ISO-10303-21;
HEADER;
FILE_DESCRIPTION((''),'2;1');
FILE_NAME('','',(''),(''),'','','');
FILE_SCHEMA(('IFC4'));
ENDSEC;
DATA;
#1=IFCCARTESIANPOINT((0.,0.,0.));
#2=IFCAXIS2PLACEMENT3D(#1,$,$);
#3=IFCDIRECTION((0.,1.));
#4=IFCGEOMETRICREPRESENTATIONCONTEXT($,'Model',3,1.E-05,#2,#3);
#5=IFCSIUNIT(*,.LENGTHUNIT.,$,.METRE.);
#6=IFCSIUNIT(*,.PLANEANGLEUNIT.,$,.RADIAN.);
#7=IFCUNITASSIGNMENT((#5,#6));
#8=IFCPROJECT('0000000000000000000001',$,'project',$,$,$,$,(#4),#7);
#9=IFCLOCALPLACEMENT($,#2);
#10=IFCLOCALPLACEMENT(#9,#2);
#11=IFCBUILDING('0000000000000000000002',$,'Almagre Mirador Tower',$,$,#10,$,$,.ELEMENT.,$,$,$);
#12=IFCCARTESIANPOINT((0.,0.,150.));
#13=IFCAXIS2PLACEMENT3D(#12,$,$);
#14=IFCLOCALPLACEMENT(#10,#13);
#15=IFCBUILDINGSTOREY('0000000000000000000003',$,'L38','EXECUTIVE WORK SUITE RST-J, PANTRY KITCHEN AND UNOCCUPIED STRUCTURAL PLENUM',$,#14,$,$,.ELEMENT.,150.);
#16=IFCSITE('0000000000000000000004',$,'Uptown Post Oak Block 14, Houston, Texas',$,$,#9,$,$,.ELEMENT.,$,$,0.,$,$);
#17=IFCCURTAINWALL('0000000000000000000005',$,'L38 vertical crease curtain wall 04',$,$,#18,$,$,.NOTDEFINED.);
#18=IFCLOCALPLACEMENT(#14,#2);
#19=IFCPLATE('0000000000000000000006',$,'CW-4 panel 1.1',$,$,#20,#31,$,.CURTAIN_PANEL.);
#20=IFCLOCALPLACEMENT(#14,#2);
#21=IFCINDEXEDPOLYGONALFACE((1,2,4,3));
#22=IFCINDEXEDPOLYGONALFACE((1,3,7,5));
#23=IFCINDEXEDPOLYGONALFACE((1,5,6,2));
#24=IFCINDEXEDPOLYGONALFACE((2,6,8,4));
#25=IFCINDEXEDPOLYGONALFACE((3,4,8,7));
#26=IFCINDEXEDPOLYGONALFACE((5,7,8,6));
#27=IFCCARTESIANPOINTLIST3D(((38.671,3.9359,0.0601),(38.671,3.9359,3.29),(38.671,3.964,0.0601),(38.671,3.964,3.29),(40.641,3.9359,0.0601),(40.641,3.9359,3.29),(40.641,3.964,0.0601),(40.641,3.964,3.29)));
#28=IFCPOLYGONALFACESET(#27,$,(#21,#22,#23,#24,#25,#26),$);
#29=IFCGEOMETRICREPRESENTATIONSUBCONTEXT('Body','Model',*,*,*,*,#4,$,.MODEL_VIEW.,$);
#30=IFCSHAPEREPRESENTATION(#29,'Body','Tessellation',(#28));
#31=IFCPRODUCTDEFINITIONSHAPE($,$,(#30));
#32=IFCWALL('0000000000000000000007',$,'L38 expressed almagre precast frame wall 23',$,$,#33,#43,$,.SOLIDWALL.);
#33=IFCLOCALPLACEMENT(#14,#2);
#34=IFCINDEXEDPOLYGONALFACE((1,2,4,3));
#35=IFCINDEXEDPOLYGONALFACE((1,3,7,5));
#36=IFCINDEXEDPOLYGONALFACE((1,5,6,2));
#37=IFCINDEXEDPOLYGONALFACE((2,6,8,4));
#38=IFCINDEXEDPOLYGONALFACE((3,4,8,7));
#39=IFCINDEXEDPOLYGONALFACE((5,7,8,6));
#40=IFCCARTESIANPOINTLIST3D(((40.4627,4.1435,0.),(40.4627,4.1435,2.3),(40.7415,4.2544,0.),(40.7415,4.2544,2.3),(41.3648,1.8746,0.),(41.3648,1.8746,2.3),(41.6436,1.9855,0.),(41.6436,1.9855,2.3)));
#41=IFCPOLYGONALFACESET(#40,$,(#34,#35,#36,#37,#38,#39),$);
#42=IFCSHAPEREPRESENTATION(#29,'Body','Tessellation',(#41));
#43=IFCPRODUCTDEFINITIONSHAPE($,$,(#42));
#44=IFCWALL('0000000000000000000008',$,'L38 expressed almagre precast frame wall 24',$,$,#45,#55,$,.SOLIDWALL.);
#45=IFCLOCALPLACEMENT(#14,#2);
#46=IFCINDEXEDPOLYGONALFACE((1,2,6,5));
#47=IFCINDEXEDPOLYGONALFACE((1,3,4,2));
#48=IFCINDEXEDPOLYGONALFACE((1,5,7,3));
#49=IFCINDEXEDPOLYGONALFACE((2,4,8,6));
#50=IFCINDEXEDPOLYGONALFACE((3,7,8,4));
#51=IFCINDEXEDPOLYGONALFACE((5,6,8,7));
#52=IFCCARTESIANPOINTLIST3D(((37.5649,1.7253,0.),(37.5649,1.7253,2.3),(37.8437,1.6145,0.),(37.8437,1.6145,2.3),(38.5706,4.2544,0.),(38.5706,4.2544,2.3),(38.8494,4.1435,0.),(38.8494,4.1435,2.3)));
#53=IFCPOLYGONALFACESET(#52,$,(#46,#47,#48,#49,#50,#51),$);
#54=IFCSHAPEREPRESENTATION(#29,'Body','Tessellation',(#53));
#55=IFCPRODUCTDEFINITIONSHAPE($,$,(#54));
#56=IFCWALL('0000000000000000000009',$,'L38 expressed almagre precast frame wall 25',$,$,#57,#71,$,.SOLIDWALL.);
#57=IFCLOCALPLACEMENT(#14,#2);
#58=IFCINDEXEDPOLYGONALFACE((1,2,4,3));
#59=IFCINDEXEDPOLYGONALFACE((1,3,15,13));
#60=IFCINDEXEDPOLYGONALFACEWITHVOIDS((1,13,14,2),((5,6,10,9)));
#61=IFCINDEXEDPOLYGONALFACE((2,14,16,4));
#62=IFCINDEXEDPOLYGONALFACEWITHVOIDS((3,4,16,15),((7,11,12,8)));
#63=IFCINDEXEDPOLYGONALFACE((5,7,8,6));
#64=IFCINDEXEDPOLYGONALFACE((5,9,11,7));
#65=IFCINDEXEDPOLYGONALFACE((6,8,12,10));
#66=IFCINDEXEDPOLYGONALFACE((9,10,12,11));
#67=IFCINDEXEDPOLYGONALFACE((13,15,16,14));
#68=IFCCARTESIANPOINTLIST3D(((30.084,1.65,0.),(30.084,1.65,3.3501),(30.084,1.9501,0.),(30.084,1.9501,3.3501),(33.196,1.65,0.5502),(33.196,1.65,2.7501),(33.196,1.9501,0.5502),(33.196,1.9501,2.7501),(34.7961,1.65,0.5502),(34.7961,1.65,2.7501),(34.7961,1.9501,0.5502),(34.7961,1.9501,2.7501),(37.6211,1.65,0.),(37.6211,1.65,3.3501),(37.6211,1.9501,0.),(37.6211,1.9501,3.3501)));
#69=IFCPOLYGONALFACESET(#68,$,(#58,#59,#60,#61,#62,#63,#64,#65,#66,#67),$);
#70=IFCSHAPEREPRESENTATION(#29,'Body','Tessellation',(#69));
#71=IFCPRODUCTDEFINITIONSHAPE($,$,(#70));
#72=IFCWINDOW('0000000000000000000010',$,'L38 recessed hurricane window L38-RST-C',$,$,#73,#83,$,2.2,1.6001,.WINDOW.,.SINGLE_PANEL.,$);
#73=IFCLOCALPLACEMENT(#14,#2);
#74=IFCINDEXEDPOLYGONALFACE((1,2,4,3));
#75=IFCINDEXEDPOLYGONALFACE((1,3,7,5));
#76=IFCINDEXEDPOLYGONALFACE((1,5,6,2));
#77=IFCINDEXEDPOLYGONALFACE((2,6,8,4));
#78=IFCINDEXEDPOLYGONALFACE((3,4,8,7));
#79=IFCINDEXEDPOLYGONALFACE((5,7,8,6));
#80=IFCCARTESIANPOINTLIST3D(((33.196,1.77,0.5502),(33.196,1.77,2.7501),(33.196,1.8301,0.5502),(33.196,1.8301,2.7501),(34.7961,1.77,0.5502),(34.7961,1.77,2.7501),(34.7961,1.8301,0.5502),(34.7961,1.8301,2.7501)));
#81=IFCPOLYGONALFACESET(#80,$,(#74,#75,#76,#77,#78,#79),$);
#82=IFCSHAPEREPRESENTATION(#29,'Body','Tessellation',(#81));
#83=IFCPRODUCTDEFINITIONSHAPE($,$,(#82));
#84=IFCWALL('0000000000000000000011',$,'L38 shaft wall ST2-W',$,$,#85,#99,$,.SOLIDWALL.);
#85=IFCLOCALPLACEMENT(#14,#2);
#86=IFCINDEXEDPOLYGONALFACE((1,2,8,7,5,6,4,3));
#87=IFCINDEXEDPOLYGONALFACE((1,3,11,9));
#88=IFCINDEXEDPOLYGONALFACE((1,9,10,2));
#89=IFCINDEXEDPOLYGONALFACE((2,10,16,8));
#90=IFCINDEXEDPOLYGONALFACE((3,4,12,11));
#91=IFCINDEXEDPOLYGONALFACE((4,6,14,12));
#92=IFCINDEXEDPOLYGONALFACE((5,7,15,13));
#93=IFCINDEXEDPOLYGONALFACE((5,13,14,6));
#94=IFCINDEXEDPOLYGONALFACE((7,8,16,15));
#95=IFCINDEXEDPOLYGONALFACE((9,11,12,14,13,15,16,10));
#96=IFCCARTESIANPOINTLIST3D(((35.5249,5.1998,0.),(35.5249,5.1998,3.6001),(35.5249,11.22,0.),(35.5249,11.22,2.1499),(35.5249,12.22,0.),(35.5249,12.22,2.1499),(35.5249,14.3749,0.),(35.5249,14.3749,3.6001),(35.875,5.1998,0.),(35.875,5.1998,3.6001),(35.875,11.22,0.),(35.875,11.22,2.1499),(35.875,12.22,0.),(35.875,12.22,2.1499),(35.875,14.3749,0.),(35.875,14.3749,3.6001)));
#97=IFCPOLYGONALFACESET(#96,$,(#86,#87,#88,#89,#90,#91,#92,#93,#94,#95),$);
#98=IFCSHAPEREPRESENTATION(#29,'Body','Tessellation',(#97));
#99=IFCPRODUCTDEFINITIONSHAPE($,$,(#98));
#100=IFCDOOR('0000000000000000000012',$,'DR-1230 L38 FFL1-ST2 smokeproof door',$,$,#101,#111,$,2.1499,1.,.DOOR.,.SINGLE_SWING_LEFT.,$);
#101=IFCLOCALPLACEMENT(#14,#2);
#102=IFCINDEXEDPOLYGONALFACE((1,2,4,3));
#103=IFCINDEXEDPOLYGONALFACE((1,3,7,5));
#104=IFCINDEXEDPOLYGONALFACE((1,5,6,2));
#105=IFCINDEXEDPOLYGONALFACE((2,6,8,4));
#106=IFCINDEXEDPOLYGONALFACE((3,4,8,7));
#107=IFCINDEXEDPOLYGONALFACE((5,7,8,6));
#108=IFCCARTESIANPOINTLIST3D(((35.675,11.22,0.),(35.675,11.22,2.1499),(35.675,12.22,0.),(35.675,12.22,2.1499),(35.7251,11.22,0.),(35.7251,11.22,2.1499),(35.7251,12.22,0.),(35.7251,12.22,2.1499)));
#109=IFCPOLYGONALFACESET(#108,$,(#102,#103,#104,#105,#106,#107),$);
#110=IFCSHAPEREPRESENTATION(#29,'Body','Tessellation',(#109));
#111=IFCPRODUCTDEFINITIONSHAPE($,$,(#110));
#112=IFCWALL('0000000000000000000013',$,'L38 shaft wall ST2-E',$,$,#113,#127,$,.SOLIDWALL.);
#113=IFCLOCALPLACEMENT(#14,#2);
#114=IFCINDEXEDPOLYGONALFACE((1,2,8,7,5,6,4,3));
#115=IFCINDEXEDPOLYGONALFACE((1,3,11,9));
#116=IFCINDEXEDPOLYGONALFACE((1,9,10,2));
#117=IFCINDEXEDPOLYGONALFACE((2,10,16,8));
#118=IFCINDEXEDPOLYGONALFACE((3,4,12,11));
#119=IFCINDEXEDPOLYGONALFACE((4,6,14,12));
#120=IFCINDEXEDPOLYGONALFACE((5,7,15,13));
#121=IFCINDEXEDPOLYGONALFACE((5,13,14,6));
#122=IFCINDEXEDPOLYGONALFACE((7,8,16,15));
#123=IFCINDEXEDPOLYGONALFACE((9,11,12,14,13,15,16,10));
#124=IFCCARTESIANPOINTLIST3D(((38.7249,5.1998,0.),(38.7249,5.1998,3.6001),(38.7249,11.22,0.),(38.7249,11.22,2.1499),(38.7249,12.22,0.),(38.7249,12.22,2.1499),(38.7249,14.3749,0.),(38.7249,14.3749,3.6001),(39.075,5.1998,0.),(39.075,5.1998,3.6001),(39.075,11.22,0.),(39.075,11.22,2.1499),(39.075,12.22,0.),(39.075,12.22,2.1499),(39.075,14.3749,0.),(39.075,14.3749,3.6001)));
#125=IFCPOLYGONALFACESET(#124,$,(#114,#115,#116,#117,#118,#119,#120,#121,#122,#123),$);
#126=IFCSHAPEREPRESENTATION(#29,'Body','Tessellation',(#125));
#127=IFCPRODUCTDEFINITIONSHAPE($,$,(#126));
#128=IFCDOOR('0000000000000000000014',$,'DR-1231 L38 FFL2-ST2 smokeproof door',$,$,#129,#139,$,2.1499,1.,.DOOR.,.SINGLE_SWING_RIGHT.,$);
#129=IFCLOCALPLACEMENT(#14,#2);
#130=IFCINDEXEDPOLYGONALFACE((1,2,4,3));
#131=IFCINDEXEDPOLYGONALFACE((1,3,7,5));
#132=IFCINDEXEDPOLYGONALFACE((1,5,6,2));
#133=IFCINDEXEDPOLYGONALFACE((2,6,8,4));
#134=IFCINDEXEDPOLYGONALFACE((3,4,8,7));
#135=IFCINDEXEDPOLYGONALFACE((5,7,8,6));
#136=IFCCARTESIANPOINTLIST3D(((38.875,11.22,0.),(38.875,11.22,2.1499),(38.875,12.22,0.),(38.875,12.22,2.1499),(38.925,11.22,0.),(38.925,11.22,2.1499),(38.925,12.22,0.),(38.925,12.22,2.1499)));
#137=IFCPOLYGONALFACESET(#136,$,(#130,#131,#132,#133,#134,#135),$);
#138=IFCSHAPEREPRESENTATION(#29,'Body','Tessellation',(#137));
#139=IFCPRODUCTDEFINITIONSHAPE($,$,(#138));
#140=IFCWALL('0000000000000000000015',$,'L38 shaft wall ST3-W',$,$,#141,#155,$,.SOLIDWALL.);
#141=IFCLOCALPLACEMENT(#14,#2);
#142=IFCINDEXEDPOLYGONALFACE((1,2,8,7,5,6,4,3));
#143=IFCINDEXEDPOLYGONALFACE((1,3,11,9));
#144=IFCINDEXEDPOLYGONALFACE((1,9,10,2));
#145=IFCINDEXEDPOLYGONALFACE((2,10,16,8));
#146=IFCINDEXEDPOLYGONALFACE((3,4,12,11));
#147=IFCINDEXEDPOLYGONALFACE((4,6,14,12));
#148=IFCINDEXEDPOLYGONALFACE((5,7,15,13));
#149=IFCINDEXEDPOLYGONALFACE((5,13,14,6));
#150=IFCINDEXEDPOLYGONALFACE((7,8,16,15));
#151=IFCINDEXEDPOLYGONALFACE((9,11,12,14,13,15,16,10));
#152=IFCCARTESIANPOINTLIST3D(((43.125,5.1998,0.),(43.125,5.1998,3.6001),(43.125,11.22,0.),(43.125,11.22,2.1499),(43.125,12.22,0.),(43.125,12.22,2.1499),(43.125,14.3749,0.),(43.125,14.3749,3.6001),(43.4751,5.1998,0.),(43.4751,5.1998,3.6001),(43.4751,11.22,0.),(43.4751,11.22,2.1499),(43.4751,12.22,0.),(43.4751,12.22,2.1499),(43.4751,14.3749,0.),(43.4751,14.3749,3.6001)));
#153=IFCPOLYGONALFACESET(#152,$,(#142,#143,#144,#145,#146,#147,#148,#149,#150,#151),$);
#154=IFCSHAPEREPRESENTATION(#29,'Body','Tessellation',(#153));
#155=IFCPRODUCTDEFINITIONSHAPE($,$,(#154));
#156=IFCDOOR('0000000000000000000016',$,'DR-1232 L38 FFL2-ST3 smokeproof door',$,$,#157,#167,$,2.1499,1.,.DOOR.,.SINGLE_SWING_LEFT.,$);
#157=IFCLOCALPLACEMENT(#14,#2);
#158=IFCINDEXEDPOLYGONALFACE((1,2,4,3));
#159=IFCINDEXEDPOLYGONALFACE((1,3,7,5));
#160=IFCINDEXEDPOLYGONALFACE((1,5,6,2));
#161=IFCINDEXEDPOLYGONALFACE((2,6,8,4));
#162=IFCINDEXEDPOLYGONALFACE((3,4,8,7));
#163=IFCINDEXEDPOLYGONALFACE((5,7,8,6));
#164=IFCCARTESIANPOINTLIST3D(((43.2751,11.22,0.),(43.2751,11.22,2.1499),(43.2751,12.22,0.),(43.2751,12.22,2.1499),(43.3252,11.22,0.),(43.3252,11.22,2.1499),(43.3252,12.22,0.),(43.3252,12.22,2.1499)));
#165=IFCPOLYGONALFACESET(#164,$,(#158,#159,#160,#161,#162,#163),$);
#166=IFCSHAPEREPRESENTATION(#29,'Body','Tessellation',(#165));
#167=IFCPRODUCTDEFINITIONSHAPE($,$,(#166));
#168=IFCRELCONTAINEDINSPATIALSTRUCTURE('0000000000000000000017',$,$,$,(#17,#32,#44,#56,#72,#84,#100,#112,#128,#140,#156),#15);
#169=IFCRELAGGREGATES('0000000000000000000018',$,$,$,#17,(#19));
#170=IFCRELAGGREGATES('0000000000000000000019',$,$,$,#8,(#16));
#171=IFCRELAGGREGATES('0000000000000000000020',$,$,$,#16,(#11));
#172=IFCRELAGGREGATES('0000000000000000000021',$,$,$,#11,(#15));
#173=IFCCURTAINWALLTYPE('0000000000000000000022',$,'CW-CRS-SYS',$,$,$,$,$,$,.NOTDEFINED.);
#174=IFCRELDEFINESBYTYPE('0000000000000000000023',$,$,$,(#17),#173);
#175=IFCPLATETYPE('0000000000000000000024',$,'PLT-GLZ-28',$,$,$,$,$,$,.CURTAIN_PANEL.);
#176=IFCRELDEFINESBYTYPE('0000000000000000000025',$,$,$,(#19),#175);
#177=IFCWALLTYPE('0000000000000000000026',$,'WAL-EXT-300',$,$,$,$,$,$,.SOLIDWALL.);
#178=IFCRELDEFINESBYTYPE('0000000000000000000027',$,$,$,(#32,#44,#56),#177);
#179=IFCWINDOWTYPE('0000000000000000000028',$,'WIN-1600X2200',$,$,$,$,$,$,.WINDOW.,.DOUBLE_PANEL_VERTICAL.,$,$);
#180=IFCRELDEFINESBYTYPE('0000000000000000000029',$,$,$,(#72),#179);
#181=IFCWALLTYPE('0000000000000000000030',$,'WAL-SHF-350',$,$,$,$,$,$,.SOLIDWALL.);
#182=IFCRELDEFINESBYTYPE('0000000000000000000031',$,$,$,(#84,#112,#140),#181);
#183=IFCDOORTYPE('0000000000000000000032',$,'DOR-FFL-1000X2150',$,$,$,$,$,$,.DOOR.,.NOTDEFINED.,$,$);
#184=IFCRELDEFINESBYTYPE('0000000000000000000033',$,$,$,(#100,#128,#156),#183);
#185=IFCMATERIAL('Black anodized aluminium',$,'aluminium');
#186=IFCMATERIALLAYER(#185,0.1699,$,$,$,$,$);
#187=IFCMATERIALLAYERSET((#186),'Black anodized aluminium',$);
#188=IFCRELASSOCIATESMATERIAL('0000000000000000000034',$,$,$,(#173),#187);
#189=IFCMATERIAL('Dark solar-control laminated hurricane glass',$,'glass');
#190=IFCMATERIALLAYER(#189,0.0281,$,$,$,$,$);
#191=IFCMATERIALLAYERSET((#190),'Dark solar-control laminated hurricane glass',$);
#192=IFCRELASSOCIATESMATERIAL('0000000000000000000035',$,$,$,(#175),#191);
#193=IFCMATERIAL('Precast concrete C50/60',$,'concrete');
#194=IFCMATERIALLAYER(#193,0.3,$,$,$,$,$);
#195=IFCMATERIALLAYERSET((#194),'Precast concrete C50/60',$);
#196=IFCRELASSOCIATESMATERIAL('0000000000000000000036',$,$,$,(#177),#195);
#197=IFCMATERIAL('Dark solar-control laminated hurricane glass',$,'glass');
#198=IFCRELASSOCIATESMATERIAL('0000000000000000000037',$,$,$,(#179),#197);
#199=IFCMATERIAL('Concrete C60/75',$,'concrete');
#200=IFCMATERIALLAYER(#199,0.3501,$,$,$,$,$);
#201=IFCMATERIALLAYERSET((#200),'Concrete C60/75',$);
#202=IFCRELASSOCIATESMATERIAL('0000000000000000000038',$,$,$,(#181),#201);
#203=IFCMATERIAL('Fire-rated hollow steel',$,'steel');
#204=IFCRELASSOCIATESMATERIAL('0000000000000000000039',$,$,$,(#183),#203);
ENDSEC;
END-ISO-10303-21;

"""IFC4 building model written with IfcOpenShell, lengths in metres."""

from ifc_helpers import new_model, si_unit, direction, frame, frame_2d, origin, origin_2d, place, context, subcontext, project, spatial, rectangle, extrude, material, layer, layer_set, type_object, element, fill, aggregate, save


model = new_model("IFC4")

# Units and contexts
model_context = context("Model", 3, precision=1e-05, world=origin(), true_north=direction((0.0, 1.0)))
body_context = subcontext(model_context, "Body", "Model", "MODEL_VIEW")
ifc_project = project(units=[si_unit("LENGTHUNIT", "METRE"), si_unit("PLANEANGLEUNIT", "RADIAN")], contexts=[model_context])

# Site, building, storey
site_placement = place(None, origin())
site = spatial("IfcSite", under=ifc_project, at=site_placement, Name="Uptown Post Oak Block 14, Houston, Texas", CompositionType="ELEMENT", RefElevation=0.0)
building_placement = place(site_placement, origin())
building = spatial("IfcBuilding", under=site, at=building_placement, Name="Almagre Mirador Tower", CompositionType="ELEMENT")
storey_placement = place(building_placement, frame((0.0, 0.0, 150.0)))
storey = spatial("IfcBuildingStorey", under=building, at=storey_placement, Name="L38", Description="EXECUTIVE WORK SUITE RST-J, PANTRY KITCHEN AND UNOCCUPIED STRUCTURAL PLENUM", CompositionType="ELEMENT", Elevation=150.0)

# Curtain wall, plate
ifc_material_1 = material(Name="Black anodized aluminium", Category="aluminium")
ifc_layer_1 = layer(ifc_material_1, 0.1699)
ifc_layer_set_1 = layer_set([ifc_layer_1], Name="Black anodized aluminium")
curtain_wall_type = type_object("IfcCurtainWallType", Name="CW-CRS-SYS", PredefinedType="NOTDEFINED", material=ifc_layer_set_1)
curtain_wall_placement = place(storey_placement, origin())
curtain_wall = element("IfcCurtainWall", 1, at=curtain_wall_placement, inside=storey, type_object=curtain_wall_type, Name="L38 vertical crease curtain wall 04", PredefinedType="NOTDEFINED")
ifc_material_2 = material(Name="Dark solar-control laminated hurricane glass", Category="glass")
ifc_layer_2 = layer(ifc_material_2, 0.0281)
ifc_layer_set_2 = layer_set([ifc_layer_2], Name="Dark solar-control laminated hurricane glass")
plate_type = type_object("IfcPlateType", Name="PLT-GLZ-28", PredefinedType="CURTAIN_PANEL", material=ifc_layer_set_2)
plate_placement = place(storey_placement, frame((39.656, 3.95, 0.0601), z_axis=(0.0, 0.0, 1.0), x_axis=(-1.0, 0.0, 0.0)))
plate = element("IfcPlate", 2, at=plate_placement, type_object=plate_type, Name="CW-4 panel 1.1", PredefinedType="CURTAIN_PANEL", context=body_context, shape_type="SweptSolid", body=[
    extrude(rectangle(XDim=1.97, YDim=0.0281, at=origin_2d()), origin(), (0.0, 0.0, 1.0), 3.23),
])
aggregate(curtain_wall, [plate])

# Walls
ifc_material_3 = material(Name="Precast concrete C50/60", Category="concrete")
ifc_layer_3 = layer(ifc_material_3, 0.3)
ifc_layer_set_3 = layer_set([ifc_layer_3], Name="Precast concrete C50/60")
wall_type_1 = type_object("IfcWallType", Name="WAL-EXT-300", PredefinedType="SOLIDWALL", material=ifc_layer_set_3)
wall_1_placement = place(storey_placement, frame((41.5042, 1.9302, 0.0), z_axis=(0.0, 0.0, 1.0), x_axis=(-0.369476, 0.92924, 0.0)))
element("IfcWall", 3, at=wall_1_placement, inside=storey, type_object=wall_type_1, Name="L38 expressed almagre precast frame wall 23", PredefinedType="SOLIDWALL", context=body_context, shape_type="SweptSolid", body=[
    extrude(rectangle(XDim=2.4417, YDim=0.3, at=frame_2d((1.2207, 0.0))), origin(), (0.0, 0.0, 1.0), 2.3),
])
wall_2_placement = place(storey_placement, frame((38.71, 4.199, 0.0), z_axis=(0.0, 0.0, 1.0), x_axis=(-0.369488, -0.929236, 0.0)))
element("IfcWall", 4, at=wall_2_placement, inside=storey, type_object=wall_type_1, Name="L38 expressed almagre precast frame wall 24", PredefinedType="SOLIDWALL", context=body_context, shape_type="SweptSolid", body=[
    extrude(rectangle(XDim=2.7217, YDim=0.3, at=frame_2d((1.3608, 0.0))), origin(), (0.0, 0.0, 1.0), 2.3),
])

# Wall, opening, window
wall_3_placement = place(storey_placement, frame((37.6211, 1.8, 0.0), z_axis=(0.0, 0.0, 1.0), x_axis=(-1.0, 0.0, 0.0)))
wall_3 = element("IfcWall", 5, at=wall_3_placement, inside=storey, type_object=wall_type_1, Name="L38 expressed almagre precast frame wall 25", PredefinedType="SOLIDWALL", context=body_context, shape_type="SweptSolid", body=[
    extrude(rectangle(XDim=7.5371, YDim=0.3, at=frame_2d((3.7686, 0.0))), origin(), (0.0, 0.0, 1.0), 3.3501),
])
opening_1_placement = place(wall_3_placement, frame((2.825, 0.0, 0.55)))
opening_1 = element("IfcOpeningElement", 6, at=opening_1_placement, cuts=wall_3, PredefinedType="OPENING", context=body_context, shape_type="SweptSolid", body=[
    extrude(rectangle(XDim=1.6001, YDim=2.2, at=frame_2d((0.8, 1.1001))), frame((0.0, 0.1599, 0.0), z_axis=(0.0, -1.0, 0.0), x_axis=(1.0, 0.0, 0.0)), (0.0, 0.0, 1.0), 0.32),
])
ifc_material_4 = material(Name="Dark solar-control laminated hurricane glass", Category="glass")
window_type = type_object("IfcWindowType", Name="WIN-1600X2200", PartitioningType="DOUBLE_PANEL_VERTICAL", PredefinedType="WINDOW", material=ifc_material_4)
window_placement = place(opening_1_placement, origin())
window = element("IfcWindow", 7, at=window_placement, inside=storey, type_object=window_type, Name="L38 recessed hurricane window L38-RST-C", OverallHeight=2.2, OverallWidth=1.6001, PartitioningType="SINGLE_PANEL", PredefinedType="WINDOW", context=body_context, shape_type="SweptSolid", body=[
    extrude(rectangle(XDim=1.6001, YDim=2.2, at=frame_2d((0.8, 1.1001))), frame((0.0, 0.03, 0.0), z_axis=(0.0, -1.0, 0.0), x_axis=(1.0, 0.0, 0.0)), (0.0, 0.0, 1.0), 0.0601),
])
fill(opening_1, window)

# Walls, openings, doors
ifc_material_5 = material(Name="Concrete C60/75", Category="concrete")
ifc_layer_4 = layer(ifc_material_5, 0.3501)
ifc_layer_set_4 = layer_set([ifc_layer_4], Name="Concrete C60/75")
wall_type_2 = type_object("IfcWallType", Name="WAL-SHF-350", PredefinedType="SOLIDWALL", material=ifc_layer_set_4)
wall_4_placement = place(storey_placement, frame((35.7, 5.2, 0.0), z_axis=(0.0, 0.0, 1.0), x_axis=(0.0, 1.0, 0.0)))
wall_4 = element("IfcWall", 8, at=wall_4_placement, inside=storey, type_object=wall_type_2, Name="L38 shaft wall ST2-W", PredefinedType="SOLIDWALL", context=body_context, shape_type="SweptSolid", body=[
    extrude(rectangle(XDim=9.175, YDim=0.3501, at=frame_2d((4.5874, 0.0))), origin(), (0.0, 0.0, 1.0), 3.6001),
])
opening_2_placement = place(wall_4_placement, frame((6.02, 0.0, 0.0)))
opening_2 = element("IfcOpeningElement", 9, at=opening_2_placement, cuts=wall_4, PredefinedType="OPENING", context=body_context, shape_type="SweptSolid", body=[
    extrude(rectangle(XDim=1.0, YDim=2.1499, at=frame_2d((0.5, 1.075))), frame((0.0, 0.185, 0.0), z_axis=(0.0, -1.0, 0.0), x_axis=(1.0, 0.0, 0.0)), (0.0, 0.0, 1.0), 0.3701),
])
ifc_material_6 = material(Name="Fire-rated hollow steel", Category="steel")
door_type = type_object("IfcDoorType", Name="DOR-FFL-1000X2150", OperationType="NOTDEFINED", PredefinedType="DOOR", material=ifc_material_6)
door_1_placement = place(opening_2_placement, origin())
door_1 = element("IfcDoor", 10, at=door_1_placement, inside=storey, type_object=door_type, Name="DR-1230 L38 FFL1-ST2 smokeproof door", OperationType="SINGLE_SWING_LEFT", OverallHeight=2.1499, OverallWidth=1.0, PredefinedType="DOOR", context=body_context, shape_type="SweptSolid", body=[
    extrude(rectangle(XDim=1.0, YDim=2.1499, at=frame_2d((0.5, 1.075))), frame((0.0, 0.0249, 0.0), z_axis=(0.0, -1.0, 0.0), x_axis=(1.0, 0.0, 0.0)), (0.0, 0.0, 1.0), 0.05),
])
fill(opening_2, door_1)
wall_5_placement = place(storey_placement, frame((38.8999, 5.2, 0.0), z_axis=(0.0, 0.0, 1.0), x_axis=(0.0, 1.0, 0.0)))
wall_5 = element("IfcWall", 11, at=wall_5_placement, inside=storey, type_object=wall_type_2, Name="L38 shaft wall ST2-E", PredefinedType="SOLIDWALL", context=body_context, shape_type="SweptSolid", body=[
    extrude(rectangle(XDim=9.175, YDim=0.3501, at=frame_2d((4.5874, 0.0))), origin(), (0.0, 0.0, 1.0), 3.6001),
])
opening_3_placement = place(wall_5_placement, frame((6.02, 0.0, 0.0)))
opening_3 = element("IfcOpeningElement", 12, at=opening_3_placement, cuts=wall_5, PredefinedType="OPENING", context=body_context, shape_type="SweptSolid", body=[
    extrude(rectangle(XDim=1.0, YDim=2.1499, at=frame_2d((0.5, 1.075))), frame((0.0, 0.185, 0.0), z_axis=(0.0, -1.0, 0.0), x_axis=(1.0, 0.0, 0.0)), (0.0, 0.0, 1.0), 0.3701),
])
door_2_placement = place(opening_3_placement, origin())
door_2 = element("IfcDoor", 13, at=door_2_placement, inside=storey, type_object=door_type, Name="DR-1231 L38 FFL2-ST2 smokeproof door", OperationType="SINGLE_SWING_RIGHT", OverallHeight=2.1499, OverallWidth=1.0, PredefinedType="DOOR", context=body_context, shape_type="SweptSolid", body=[
    extrude(rectangle(XDim=1.0, YDim=2.1499, at=frame_2d((0.5, 1.075))), frame((0.0, 0.0249, 0.0), z_axis=(0.0, -1.0, 0.0), x_axis=(1.0, 0.0, 0.0)), (0.0, 0.0, 1.0), 0.05),
])
fill(opening_3, door_2)
wall_6_placement = place(storey_placement, frame((43.3, 5.2, 0.0), z_axis=(0.0, 0.0, 1.0), x_axis=(0.0, 1.0, 0.0)))
wall_6 = element("IfcWall", 14, at=wall_6_placement, inside=storey, type_object=wall_type_2, Name="L38 shaft wall ST3-W", PredefinedType="SOLIDWALL", context=body_context, shape_type="SweptSolid", body=[
    extrude(rectangle(XDim=9.175, YDim=0.3501, at=frame_2d((4.5874, 0.0))), origin(), (0.0, 0.0, 1.0), 3.6001),
])
opening_4_placement = place(wall_6_placement, frame((6.02, 0.0, 0.0)))
opening_4 = element("IfcOpeningElement", 15, at=opening_4_placement, cuts=wall_6, PredefinedType="OPENING", context=body_context, shape_type="SweptSolid", body=[
    extrude(rectangle(XDim=1.0, YDim=2.1499, at=frame_2d((0.5, 1.075))), frame((0.0, 0.185, 0.0), z_axis=(0.0, -1.0, 0.0), x_axis=(1.0, 0.0, 0.0)), (0.0, 0.0, 1.0), 0.3701),
])
door_3_placement = place(opening_4_placement, origin())
door_3 = element("IfcDoor", 16, at=door_3_placement, inside=storey, type_object=door_type, Name="DR-1232 L38 FFL2-ST3 smokeproof door", OperationType="SINGLE_SWING_LEFT", OverallHeight=2.1499, OverallWidth=1.0, PredefinedType="DOOR", context=body_context, shape_type="SweptSolid", body=[
    extrude(rectangle(XDim=1.0, YDim=2.1499, at=frame_2d((0.5, 1.075))), frame((0.0, 0.0249, 0.0), z_axis=(0.0, -1.0, 0.0), x_axis=(1.0, 0.0, 0.0)), (0.0, 0.0, 1.0), 0.05),
])
fill(opening_4, door_3)

save(model, "model.ifc")
